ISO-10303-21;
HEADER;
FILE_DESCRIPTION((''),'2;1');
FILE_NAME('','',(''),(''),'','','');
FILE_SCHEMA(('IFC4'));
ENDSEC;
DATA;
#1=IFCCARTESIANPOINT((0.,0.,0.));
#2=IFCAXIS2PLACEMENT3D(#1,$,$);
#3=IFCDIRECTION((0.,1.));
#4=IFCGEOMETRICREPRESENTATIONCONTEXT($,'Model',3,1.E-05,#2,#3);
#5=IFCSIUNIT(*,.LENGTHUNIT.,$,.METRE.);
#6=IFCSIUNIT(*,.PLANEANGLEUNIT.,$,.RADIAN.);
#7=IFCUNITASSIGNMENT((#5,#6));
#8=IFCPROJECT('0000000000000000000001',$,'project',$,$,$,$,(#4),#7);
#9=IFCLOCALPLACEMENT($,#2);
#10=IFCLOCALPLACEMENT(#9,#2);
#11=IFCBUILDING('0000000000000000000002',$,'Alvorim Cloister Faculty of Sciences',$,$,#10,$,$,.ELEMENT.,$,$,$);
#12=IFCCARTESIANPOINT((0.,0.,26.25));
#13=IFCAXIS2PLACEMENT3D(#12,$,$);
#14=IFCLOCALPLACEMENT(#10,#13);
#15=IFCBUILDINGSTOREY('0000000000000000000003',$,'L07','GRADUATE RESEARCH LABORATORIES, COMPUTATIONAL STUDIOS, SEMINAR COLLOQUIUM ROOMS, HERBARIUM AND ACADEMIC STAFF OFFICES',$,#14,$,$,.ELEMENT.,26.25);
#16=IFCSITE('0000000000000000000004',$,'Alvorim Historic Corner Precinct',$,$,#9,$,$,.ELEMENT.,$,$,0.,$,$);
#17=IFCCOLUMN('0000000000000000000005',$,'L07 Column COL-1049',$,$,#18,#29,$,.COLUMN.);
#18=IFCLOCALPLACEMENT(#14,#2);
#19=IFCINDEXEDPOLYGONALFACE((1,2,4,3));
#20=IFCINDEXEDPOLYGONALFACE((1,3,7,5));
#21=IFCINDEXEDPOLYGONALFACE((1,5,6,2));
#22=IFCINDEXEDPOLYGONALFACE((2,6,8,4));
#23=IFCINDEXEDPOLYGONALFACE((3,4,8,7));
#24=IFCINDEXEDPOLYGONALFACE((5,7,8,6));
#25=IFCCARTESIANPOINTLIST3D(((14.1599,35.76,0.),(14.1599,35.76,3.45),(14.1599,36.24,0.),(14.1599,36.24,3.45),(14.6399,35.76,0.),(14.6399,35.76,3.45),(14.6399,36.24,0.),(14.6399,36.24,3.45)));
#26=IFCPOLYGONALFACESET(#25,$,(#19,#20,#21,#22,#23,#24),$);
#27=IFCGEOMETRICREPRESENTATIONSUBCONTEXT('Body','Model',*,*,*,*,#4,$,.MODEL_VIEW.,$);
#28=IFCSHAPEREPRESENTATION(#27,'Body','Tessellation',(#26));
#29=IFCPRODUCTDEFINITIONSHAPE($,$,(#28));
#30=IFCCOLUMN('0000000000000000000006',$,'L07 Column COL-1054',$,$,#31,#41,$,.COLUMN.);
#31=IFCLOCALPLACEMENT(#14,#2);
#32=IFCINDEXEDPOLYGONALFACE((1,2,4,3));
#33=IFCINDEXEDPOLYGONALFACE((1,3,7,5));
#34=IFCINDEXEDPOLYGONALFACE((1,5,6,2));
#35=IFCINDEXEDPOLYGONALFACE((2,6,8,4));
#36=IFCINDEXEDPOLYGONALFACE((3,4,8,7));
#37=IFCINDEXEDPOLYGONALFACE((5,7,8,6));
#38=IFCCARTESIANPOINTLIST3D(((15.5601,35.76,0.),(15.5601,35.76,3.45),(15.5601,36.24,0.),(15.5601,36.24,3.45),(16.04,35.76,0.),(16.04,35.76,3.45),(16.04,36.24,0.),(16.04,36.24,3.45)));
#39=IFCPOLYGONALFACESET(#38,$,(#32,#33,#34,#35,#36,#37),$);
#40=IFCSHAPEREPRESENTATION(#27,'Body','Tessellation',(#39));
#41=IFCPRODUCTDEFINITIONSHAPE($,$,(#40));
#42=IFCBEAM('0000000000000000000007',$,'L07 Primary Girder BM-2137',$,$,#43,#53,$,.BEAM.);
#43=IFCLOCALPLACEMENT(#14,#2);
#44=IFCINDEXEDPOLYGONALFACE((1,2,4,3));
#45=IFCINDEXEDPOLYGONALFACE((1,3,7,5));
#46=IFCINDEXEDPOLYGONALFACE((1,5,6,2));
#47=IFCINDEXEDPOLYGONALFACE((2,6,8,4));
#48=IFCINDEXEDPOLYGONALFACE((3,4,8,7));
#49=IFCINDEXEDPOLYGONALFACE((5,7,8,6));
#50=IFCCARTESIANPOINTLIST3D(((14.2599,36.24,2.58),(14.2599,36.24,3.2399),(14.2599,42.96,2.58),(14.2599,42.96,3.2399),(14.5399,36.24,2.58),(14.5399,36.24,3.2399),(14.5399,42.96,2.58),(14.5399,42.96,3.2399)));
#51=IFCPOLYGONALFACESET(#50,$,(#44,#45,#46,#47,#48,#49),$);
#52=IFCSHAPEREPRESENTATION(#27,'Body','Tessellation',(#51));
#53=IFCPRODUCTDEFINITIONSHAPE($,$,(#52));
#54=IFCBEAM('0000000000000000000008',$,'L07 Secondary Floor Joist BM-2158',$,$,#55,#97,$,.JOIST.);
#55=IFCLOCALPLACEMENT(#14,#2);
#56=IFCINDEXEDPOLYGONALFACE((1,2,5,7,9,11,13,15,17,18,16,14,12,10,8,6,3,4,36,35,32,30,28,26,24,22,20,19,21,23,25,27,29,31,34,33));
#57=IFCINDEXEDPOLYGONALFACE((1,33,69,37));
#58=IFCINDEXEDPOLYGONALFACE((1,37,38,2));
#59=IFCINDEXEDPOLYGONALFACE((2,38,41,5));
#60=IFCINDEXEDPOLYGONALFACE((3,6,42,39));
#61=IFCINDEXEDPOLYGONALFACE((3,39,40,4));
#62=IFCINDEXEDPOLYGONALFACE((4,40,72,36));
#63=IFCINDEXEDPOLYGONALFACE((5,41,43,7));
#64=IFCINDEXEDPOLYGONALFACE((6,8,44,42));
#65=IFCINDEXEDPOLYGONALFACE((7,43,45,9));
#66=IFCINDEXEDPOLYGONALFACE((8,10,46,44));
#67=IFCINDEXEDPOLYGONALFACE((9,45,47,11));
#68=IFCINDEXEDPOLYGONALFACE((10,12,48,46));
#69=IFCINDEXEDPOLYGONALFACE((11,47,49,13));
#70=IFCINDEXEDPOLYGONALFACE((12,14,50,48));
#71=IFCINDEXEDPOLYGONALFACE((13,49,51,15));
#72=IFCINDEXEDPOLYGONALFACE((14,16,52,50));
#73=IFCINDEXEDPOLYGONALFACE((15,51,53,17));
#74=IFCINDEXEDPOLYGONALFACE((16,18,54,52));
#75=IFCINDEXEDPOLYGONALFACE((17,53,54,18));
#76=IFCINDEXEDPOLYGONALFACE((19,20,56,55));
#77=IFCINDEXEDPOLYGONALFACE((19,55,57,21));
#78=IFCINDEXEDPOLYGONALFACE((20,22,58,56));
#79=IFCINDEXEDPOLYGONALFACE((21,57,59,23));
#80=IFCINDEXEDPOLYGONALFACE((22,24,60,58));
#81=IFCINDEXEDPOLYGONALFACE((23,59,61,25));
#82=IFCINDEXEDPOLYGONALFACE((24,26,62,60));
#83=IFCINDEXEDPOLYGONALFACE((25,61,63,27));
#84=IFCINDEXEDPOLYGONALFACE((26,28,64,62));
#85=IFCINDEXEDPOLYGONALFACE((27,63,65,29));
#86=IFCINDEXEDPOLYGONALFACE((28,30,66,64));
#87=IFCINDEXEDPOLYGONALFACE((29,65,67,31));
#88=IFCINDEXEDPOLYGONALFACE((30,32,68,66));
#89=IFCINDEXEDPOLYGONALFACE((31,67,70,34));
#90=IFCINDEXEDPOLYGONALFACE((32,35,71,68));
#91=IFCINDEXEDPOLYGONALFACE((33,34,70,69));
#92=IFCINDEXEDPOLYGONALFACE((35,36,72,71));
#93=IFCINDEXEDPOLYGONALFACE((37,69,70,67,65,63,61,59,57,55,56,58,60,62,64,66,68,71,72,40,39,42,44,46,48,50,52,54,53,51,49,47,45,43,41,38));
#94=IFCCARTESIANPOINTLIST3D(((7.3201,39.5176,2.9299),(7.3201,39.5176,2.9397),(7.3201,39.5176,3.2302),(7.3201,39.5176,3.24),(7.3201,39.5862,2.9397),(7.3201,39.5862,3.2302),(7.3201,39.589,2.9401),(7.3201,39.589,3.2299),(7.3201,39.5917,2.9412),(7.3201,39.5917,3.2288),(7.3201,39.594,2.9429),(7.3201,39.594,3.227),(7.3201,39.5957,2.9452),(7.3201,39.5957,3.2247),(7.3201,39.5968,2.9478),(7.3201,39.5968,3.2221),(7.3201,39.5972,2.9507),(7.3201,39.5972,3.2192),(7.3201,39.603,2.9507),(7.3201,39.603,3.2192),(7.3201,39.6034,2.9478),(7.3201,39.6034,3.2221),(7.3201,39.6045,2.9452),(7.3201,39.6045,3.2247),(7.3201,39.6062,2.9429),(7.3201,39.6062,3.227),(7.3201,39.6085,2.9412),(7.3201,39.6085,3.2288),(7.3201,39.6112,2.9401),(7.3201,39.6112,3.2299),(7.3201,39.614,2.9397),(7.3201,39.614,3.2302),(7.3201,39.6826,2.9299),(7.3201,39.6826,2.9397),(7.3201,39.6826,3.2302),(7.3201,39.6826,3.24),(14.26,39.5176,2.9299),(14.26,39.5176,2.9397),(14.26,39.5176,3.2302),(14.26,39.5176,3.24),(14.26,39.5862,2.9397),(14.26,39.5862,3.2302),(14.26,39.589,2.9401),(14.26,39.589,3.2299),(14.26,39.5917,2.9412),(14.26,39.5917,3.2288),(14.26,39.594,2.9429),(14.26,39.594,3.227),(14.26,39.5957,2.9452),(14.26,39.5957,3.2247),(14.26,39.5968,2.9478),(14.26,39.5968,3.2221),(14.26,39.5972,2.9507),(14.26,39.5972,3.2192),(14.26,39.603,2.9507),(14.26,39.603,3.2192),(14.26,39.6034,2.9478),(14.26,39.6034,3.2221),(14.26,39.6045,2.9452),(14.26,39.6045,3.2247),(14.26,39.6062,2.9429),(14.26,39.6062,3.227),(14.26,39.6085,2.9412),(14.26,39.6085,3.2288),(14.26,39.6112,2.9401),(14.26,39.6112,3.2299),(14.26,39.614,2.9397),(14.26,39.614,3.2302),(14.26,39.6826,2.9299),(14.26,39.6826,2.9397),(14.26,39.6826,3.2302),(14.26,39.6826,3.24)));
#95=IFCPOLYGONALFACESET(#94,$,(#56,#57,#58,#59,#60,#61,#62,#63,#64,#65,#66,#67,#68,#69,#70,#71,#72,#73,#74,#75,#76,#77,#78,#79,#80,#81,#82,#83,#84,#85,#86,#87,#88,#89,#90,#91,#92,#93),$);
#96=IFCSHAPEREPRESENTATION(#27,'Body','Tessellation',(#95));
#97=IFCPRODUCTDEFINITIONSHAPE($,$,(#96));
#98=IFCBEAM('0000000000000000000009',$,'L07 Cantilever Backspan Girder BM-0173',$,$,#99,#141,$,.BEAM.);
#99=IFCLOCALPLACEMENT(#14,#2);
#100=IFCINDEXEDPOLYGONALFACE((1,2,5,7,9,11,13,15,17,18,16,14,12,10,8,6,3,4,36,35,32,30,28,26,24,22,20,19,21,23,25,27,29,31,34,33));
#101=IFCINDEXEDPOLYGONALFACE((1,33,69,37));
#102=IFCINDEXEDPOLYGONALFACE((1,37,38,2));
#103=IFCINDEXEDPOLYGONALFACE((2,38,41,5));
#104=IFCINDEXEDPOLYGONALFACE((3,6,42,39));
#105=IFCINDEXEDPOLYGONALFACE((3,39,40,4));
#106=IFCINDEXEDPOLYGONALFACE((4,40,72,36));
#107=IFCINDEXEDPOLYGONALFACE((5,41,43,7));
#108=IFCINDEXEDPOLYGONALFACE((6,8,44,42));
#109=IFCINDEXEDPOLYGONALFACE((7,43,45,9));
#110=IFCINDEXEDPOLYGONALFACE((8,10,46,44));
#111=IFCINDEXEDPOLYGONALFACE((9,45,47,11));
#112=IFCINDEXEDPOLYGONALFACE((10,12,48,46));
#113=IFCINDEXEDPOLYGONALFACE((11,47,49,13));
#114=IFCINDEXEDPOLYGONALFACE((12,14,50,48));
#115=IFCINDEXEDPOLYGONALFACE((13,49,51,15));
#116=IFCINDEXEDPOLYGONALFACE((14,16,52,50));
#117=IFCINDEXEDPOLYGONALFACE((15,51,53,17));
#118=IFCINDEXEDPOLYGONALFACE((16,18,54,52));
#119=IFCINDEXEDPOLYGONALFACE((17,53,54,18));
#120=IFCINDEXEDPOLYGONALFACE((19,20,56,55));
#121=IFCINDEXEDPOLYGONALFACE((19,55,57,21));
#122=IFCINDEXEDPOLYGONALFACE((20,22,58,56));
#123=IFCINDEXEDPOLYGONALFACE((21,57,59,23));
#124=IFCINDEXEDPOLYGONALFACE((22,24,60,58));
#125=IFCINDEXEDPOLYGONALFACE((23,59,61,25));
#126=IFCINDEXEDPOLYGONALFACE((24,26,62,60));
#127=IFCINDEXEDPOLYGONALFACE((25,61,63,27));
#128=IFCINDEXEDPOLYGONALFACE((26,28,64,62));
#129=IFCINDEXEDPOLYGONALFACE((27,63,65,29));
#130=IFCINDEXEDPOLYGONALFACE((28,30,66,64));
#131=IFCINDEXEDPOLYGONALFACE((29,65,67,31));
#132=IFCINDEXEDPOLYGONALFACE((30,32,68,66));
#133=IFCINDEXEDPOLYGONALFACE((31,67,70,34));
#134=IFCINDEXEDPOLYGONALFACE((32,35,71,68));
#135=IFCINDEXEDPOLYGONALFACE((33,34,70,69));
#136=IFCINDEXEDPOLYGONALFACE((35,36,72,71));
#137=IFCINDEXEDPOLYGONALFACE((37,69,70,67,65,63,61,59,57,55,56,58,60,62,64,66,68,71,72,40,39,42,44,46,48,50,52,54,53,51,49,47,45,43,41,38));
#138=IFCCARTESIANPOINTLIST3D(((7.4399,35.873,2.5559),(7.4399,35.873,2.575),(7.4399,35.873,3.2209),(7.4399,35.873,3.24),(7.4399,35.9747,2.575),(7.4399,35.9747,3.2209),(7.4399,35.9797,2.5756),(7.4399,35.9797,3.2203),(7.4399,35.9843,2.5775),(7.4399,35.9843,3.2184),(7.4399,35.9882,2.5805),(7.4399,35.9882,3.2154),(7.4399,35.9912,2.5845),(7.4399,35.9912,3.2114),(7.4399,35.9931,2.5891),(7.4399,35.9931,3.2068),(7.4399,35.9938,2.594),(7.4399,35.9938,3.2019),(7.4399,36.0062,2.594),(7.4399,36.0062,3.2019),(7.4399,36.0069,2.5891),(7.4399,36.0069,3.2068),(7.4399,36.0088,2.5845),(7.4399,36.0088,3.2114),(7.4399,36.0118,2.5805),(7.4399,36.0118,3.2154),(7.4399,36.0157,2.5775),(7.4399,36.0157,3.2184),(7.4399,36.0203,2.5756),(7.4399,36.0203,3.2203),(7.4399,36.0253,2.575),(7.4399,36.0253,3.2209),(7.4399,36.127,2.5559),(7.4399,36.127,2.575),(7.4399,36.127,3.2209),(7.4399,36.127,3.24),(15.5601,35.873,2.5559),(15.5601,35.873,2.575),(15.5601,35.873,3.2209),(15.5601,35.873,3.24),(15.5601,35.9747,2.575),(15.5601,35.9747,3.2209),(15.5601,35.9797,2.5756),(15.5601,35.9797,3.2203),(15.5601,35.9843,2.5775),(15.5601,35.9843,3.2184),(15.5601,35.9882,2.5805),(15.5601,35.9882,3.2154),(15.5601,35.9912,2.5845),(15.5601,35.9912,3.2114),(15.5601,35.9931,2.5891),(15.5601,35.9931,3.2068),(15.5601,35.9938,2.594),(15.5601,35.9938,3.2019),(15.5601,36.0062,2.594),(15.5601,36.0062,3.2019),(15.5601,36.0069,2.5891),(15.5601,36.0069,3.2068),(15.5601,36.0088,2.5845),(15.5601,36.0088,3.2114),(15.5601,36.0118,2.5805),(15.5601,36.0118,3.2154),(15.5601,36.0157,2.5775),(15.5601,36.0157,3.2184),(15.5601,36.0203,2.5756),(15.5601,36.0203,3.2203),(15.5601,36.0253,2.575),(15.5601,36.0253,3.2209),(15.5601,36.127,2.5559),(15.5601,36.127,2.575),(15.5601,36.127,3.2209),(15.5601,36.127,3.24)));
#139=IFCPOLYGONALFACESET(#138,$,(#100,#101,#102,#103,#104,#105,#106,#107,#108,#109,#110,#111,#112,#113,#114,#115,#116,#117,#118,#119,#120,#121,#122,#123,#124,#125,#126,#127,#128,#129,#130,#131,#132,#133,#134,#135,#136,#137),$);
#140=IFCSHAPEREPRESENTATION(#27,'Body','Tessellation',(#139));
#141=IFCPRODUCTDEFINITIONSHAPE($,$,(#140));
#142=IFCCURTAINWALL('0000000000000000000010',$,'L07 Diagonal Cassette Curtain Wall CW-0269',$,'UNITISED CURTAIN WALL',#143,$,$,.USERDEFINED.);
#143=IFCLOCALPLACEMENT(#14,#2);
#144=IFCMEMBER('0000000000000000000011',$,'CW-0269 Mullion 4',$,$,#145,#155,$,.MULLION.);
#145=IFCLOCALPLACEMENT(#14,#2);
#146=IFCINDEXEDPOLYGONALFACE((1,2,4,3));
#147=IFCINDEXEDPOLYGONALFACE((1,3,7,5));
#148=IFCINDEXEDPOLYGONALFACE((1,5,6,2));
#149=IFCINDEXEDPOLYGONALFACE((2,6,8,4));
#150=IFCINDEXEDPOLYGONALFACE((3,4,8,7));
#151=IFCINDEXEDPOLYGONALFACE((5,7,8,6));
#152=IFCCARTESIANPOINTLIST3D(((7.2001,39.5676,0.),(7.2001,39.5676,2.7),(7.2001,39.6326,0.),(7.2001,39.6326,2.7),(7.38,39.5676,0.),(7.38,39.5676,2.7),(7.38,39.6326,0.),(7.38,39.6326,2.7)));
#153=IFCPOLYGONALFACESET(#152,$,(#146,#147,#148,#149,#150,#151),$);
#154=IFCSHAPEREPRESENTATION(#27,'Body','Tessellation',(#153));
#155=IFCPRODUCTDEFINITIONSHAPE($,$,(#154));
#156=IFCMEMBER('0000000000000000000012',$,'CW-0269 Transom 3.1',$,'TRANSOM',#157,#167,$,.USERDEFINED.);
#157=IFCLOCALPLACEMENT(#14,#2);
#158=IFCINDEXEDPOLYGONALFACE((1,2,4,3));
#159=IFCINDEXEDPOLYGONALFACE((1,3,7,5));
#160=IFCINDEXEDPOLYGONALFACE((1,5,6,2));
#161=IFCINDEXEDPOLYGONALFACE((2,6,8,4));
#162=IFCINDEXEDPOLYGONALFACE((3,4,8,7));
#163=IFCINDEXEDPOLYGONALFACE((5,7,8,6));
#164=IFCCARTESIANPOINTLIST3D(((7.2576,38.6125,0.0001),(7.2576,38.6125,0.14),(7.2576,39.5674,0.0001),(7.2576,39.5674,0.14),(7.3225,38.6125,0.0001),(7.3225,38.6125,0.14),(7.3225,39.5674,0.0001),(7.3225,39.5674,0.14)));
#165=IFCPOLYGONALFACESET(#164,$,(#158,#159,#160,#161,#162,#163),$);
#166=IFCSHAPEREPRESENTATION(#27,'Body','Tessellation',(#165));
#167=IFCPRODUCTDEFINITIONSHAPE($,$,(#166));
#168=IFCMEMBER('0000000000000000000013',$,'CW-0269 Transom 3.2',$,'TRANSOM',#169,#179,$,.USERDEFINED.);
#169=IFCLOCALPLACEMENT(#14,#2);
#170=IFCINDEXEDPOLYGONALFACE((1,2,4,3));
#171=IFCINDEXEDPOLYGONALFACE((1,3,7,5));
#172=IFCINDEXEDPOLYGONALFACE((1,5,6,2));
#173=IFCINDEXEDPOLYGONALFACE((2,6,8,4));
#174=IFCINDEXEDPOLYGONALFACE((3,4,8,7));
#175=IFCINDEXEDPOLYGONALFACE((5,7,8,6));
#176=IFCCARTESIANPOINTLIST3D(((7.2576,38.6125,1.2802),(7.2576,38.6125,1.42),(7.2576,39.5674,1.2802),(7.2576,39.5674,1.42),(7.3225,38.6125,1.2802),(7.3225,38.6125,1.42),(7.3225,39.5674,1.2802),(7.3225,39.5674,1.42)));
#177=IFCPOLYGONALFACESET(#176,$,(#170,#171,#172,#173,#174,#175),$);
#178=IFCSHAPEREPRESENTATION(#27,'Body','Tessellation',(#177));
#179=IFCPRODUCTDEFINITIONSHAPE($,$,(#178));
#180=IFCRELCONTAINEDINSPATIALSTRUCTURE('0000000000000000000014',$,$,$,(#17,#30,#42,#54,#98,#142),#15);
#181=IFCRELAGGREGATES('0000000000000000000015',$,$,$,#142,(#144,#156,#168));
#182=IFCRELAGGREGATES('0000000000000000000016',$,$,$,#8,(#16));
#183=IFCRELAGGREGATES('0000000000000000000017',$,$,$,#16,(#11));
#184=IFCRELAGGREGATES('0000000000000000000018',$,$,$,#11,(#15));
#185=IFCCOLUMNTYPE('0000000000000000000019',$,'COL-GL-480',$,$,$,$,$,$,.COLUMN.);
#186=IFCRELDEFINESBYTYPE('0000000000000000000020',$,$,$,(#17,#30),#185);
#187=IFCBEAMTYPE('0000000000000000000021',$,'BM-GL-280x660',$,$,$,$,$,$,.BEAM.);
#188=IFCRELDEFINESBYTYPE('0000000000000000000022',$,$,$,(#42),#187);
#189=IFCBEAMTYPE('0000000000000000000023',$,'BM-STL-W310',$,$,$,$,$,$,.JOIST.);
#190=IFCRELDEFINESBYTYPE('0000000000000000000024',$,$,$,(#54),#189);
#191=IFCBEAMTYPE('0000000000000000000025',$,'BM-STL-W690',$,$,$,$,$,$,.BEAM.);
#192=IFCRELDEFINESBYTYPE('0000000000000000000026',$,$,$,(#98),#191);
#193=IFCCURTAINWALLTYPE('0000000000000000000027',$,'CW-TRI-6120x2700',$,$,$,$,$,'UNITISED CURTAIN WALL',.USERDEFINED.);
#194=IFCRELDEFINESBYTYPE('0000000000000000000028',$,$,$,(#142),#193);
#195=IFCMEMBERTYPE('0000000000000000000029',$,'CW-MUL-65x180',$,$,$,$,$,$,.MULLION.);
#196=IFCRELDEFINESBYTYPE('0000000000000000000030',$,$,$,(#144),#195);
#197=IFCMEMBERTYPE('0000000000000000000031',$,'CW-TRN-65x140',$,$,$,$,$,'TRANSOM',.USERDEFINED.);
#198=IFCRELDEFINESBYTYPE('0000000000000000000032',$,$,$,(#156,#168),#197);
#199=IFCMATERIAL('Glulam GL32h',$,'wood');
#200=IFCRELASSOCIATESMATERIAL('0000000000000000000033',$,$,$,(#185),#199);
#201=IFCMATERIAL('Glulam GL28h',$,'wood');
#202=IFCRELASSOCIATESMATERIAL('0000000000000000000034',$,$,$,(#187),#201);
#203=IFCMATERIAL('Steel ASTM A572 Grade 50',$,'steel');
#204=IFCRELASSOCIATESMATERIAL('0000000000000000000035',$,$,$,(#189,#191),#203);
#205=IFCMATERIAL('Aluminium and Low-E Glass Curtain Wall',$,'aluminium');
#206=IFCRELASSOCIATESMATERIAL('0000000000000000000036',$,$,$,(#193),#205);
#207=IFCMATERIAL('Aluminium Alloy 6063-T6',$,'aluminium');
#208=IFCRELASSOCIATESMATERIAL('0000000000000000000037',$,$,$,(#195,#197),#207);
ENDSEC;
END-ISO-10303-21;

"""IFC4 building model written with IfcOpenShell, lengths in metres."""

from ifc_helpers import new_model, si_unit, direction, frame, origin, origin_2d, place, context, subcontext, project, spatial, rectangle, i_section, extrude, material, material_profile, profile_set, type_object, element, aggregate, save


model = new_model("IFC4")

# Units and contexts
model_context = context("Model", 3, precision=1e-05, world=origin(), true_north=direction((0.0, 1.0)))
body_context = subcontext(model_context, "Body", "Model", "MODEL_VIEW")
ifc_project = project(units=[si_unit("LENGTHUNIT", "METRE"), si_unit("PLANEANGLEUNIT", "RADIAN")], contexts=[model_context])

# Site, building, storey
site_placement = place(None, origin())
site = spatial("IfcSite", under=ifc_project, at=site_placement, Name="Alvorim Historic Corner Precinct", CompositionType="ELEMENT", RefElevation=0.0)
building_placement = place(site_placement, origin())
building = spatial("IfcBuilding", under=site, at=building_placement, Name="Alvorim Cloister Faculty of Sciences", CompositionType="ELEMENT")
storey_placement = place(building_placement, frame((0.0, 0.0, 26.25)))
storey = spatial("IfcBuildingStorey", under=building, at=storey_placement, Name="L07", Description="GRADUATE RESEARCH LABORATORIES, COMPUTATIONAL STUDIOS, SEMINAR COLLOQUIUM ROOMS, HERBARIUM AND ACADEMIC STAFF OFFICES", CompositionType="ELEMENT", Elevation=26.25)

# Columns
ifc_material_1 = material(Name="Glulam GL32h", Category="wood")
ifc_material_profile_1 = material_profile(ifc_material_1, rectangle(XDim=0.48, YDim=0.48, at=origin_2d()), Name="GL32-COL-480x480")
ifc_profile_set_1 = profile_set([ifc_material_profile_1], Name="Glulam GL32h")
column_type = type_object("IfcColumnType", Name="COL-GL-480", PredefinedType="COLUMN", material=ifc_profile_set_1)
for number, where, z_axis, x_axis, name in (
    (1, (14.3999, 36.0, 0.0), (0.0, 0.0, 1.0), (1.0, 0.0, 0.0), "L07 Column COL-1049"),
    (2, (15.8, 36.0, 0.0), (0.0, 0.0, 1.0), (1.0, 0.0, 0.0), "L07 Column COL-1054"),
):
    element("IfcColumn", number, at=place(storey_placement, frame(where, z_axis=z_axis, x_axis=x_axis)), inside=storey, type_object=column_type, Name=name, PredefinedType="COLUMN", context=body_context, shape_type="SweptSolid", body=[
        extrude(rectangle(XDim=0.48, YDim=0.48, at=origin_2d()), origin(), (0.0, 0.0, 1.0), 3.45),
    ])

# Beams
ifc_material_2 = material(Name="Glulam GL28h", Category="wood")
ifc_material_profile_2 = material_profile(ifc_material_2, rectangle(XDim=0.28, YDim=0.6599, at=origin_2d()), Name="GL28-BM-280x660")
ifc_profile_set_2 = profile_set([ifc_material_profile_2], Name="Glulam GL28h")
beam_type_1 = type_object("IfcBeamType", Name="BM-GL-280x660", PredefinedType="BEAM", material=ifc_profile_set_2)
beam_1_placement = place(storey_placement, frame((14.3999, 36.24, 2.9099), z_axis=(0.0, 1.0, 0.0), x_axis=(-1.0, 0.0, 0.0)))
element("IfcBeam", 3, at=beam_1_placement, inside=storey, type_object=beam_type_1, Name="L07 Primary Girder BM-2137", PredefinedType="BEAM", context=body_context, shape_type="SweptSolid", body=[
    extrude(rectangle(XDim=0.28, YDim=0.6599, at=origin_2d()), origin(), (0.0, 0.0, 1.0), 6.72),
])
ifc_material_3 = material(Name="Steel ASTM A572 Grade 50", Category="steel")
ifc_material_profile_3 = material_profile(ifc_material_3, i_section(OverallWidth=0.165, OverallDepth=0.3101, WebThickness=0.0059, FlangeThickness=0.0098, FilletRadius=0.011, at=origin_2d()), Name="W310x38.7")
ifc_profile_set_3 = profile_set([ifc_material_profile_3], Name="Steel ASTM A572 Grade 50")
beam_type_2 = type_object("IfcBeamType", Name="BM-STL-W310", PredefinedType="JOIST", material=ifc_profile_set_3)
beam_2_placement = place(storey_placement, frame((7.3201, 39.6001, 3.085), z_axis=(1.0, 0.0, 0.0), x_axis=(0.0, 1.0, 0.0)))
element("IfcBeam", 4, at=beam_2_placement, inside=storey, type_object=beam_type_2, Name="L07 Secondary Floor Joist BM-2158", PredefinedType="JOIST", context=body_context, shape_type="SweptSolid", body=[
    extrude(i_section(OverallWidth=0.165, OverallDepth=0.3101, WebThickness=0.0059, FlangeThickness=0.0098, FilletRadius=0.011, at=origin_2d()), origin(), (0.0, 0.0, 1.0), 6.9399),
])
ifc_material_profile_4 = material_profile(ifc_material_3, i_section(OverallWidth=0.2539, OverallDepth=0.6841, WebThickness=0.0125, FlangeThickness=0.019, FilletRadius=0.019, at=origin_2d()), Name="W690x140.0")
ifc_profile_set_4 = profile_set([ifc_material_profile_4], Name="Steel ASTM A572 Grade 50")
beam_type_3 = type_object("IfcBeamType", Name="BM-STL-W690", PredefinedType="BEAM", material=ifc_profile_set_4)
beam_3_placement = place(storey_placement, frame((7.4399, 36.0, 2.8979), z_axis=(1.0, 0.0, 0.0), x_axis=(0.0, 1.0, 0.0)))
element("IfcBeam", 5, at=beam_3_placement, inside=storey, type_object=beam_type_3, Name="L07 Cantilever Backspan Girder BM-0173", PredefinedType="BEAM", context=body_context, shape_type="SweptSolid", body=[
    extrude(i_section(OverallWidth=0.2539, OverallDepth=0.6841, WebThickness=0.0125, FlangeThickness=0.019, FilletRadius=0.019, at=origin_2d()), origin(), (0.0, 0.0, 1.0), 8.1201),
])

# Curtain wall, members
ifc_material_4 = material(Name="Aluminium and Low-E Glass Curtain Wall", Category="aluminium")
curtain_wall_type = type_object("IfcCurtainWallType", Name="CW-TRI-6120x2700", ElementType="UNITISED CURTAIN WALL", PredefinedType="USERDEFINED", material=ifc_material_4)
curtain_wall_placement = place(storey_placement, origin())
curtain_wall = element("IfcCurtainWall", 6, at=curtain_wall_placement, inside=storey, type_object=curtain_wall_type, Name="L07 Diagonal Cassette Curtain Wall CW-0269", ObjectType="UNITISED CURTAIN WALL", PredefinedType="USERDEFINED")
ifc_material_5 = material(Name="Aluminium Alloy 6063-T6", Category="aluminium")
ifc_material_profile_5 = material_profile(ifc_material_5, rectangle(XDim=0.0649, YDim=0.1799, at=origin_2d()), Name="ALU-MUL-65x180")
ifc_profile_set_5 = profile_set([ifc_material_profile_5], Name="Aluminium Alloy 6063-T6")
member_type_1 = type_object("IfcMemberType", Name="CW-MUL-65x180", PredefinedType="MULLION", material=ifc_profile_set_5)
member_1_placement = place(storey_placement, frame((7.29, 39.6001, 0.0), z_axis=(0.0, 0.0, 1.0), x_axis=(0.0, 1.0, 0.0)))
member_1 = element("IfcMember", 7, at=member_1_placement, type_object=member_type_1, Name="CW-0269 Mullion 4", PredefinedType="MULLION", context=body_context, shape_type="SweptSolid", body=[
    extrude(rectangle(XDim=0.0649, YDim=0.1799, at=origin_2d()), origin(), (0.0, 0.0, 1.0), 2.7),
])
ifc_material_profile_6 = material_profile(ifc_material_5, rectangle(XDim=0.0649, YDim=0.1399, at=origin_2d()), Name="ALU-TRN-65x140")
ifc_profile_set_6 = profile_set([ifc_material_profile_6], Name="Aluminium Alloy 6063-T6")
member_type_2 = type_object("IfcMemberType", Name="CW-TRN-65x140", ElementType="TRANSOM", PredefinedType="USERDEFINED", material=ifc_profile_set_6)
member_2_placement = place(storey_placement, frame((7.29, 38.6125, 0.0701), z_axis=(0.0, 1.0, 0.0), x_axis=(-1.0, 0.0, 0.0)))
member_2 = element("IfcMember", 8, at=member_2_placement, type_object=member_type_2, Name="CW-0269 Transom 3.1", ObjectType="TRANSOM", PredefinedType="USERDEFINED", context=body_context, shape_type="SweptSolid", body=[
    extrude(rectangle(XDim=0.0649, YDim=0.1399, at=origin_2d()), origin(), (0.0, 0.0, 1.0), 0.9548),
])
member_3_placement = place(storey_placement, frame((7.29, 38.6125, 1.3501), z_axis=(0.0, 1.0, 0.0), x_axis=(-1.0, 0.0, 0.0)))
member_3 = element("IfcMember", 9, at=member_3_placement, type_object=member_type_2, Name="CW-0269 Transom 3.2", ObjectType="TRANSOM", PredefinedType="USERDEFINED", context=body_context, shape_type="SweptSolid", body=[
    extrude(rectangle(XDim=0.0649, YDim=0.1399, at=origin_2d()), origin(), (0.0, 0.0, 1.0), 0.9548),
])
aggregate(curtain_wall, [member_1, member_2, member_3])

save(model, "model.ifc")
